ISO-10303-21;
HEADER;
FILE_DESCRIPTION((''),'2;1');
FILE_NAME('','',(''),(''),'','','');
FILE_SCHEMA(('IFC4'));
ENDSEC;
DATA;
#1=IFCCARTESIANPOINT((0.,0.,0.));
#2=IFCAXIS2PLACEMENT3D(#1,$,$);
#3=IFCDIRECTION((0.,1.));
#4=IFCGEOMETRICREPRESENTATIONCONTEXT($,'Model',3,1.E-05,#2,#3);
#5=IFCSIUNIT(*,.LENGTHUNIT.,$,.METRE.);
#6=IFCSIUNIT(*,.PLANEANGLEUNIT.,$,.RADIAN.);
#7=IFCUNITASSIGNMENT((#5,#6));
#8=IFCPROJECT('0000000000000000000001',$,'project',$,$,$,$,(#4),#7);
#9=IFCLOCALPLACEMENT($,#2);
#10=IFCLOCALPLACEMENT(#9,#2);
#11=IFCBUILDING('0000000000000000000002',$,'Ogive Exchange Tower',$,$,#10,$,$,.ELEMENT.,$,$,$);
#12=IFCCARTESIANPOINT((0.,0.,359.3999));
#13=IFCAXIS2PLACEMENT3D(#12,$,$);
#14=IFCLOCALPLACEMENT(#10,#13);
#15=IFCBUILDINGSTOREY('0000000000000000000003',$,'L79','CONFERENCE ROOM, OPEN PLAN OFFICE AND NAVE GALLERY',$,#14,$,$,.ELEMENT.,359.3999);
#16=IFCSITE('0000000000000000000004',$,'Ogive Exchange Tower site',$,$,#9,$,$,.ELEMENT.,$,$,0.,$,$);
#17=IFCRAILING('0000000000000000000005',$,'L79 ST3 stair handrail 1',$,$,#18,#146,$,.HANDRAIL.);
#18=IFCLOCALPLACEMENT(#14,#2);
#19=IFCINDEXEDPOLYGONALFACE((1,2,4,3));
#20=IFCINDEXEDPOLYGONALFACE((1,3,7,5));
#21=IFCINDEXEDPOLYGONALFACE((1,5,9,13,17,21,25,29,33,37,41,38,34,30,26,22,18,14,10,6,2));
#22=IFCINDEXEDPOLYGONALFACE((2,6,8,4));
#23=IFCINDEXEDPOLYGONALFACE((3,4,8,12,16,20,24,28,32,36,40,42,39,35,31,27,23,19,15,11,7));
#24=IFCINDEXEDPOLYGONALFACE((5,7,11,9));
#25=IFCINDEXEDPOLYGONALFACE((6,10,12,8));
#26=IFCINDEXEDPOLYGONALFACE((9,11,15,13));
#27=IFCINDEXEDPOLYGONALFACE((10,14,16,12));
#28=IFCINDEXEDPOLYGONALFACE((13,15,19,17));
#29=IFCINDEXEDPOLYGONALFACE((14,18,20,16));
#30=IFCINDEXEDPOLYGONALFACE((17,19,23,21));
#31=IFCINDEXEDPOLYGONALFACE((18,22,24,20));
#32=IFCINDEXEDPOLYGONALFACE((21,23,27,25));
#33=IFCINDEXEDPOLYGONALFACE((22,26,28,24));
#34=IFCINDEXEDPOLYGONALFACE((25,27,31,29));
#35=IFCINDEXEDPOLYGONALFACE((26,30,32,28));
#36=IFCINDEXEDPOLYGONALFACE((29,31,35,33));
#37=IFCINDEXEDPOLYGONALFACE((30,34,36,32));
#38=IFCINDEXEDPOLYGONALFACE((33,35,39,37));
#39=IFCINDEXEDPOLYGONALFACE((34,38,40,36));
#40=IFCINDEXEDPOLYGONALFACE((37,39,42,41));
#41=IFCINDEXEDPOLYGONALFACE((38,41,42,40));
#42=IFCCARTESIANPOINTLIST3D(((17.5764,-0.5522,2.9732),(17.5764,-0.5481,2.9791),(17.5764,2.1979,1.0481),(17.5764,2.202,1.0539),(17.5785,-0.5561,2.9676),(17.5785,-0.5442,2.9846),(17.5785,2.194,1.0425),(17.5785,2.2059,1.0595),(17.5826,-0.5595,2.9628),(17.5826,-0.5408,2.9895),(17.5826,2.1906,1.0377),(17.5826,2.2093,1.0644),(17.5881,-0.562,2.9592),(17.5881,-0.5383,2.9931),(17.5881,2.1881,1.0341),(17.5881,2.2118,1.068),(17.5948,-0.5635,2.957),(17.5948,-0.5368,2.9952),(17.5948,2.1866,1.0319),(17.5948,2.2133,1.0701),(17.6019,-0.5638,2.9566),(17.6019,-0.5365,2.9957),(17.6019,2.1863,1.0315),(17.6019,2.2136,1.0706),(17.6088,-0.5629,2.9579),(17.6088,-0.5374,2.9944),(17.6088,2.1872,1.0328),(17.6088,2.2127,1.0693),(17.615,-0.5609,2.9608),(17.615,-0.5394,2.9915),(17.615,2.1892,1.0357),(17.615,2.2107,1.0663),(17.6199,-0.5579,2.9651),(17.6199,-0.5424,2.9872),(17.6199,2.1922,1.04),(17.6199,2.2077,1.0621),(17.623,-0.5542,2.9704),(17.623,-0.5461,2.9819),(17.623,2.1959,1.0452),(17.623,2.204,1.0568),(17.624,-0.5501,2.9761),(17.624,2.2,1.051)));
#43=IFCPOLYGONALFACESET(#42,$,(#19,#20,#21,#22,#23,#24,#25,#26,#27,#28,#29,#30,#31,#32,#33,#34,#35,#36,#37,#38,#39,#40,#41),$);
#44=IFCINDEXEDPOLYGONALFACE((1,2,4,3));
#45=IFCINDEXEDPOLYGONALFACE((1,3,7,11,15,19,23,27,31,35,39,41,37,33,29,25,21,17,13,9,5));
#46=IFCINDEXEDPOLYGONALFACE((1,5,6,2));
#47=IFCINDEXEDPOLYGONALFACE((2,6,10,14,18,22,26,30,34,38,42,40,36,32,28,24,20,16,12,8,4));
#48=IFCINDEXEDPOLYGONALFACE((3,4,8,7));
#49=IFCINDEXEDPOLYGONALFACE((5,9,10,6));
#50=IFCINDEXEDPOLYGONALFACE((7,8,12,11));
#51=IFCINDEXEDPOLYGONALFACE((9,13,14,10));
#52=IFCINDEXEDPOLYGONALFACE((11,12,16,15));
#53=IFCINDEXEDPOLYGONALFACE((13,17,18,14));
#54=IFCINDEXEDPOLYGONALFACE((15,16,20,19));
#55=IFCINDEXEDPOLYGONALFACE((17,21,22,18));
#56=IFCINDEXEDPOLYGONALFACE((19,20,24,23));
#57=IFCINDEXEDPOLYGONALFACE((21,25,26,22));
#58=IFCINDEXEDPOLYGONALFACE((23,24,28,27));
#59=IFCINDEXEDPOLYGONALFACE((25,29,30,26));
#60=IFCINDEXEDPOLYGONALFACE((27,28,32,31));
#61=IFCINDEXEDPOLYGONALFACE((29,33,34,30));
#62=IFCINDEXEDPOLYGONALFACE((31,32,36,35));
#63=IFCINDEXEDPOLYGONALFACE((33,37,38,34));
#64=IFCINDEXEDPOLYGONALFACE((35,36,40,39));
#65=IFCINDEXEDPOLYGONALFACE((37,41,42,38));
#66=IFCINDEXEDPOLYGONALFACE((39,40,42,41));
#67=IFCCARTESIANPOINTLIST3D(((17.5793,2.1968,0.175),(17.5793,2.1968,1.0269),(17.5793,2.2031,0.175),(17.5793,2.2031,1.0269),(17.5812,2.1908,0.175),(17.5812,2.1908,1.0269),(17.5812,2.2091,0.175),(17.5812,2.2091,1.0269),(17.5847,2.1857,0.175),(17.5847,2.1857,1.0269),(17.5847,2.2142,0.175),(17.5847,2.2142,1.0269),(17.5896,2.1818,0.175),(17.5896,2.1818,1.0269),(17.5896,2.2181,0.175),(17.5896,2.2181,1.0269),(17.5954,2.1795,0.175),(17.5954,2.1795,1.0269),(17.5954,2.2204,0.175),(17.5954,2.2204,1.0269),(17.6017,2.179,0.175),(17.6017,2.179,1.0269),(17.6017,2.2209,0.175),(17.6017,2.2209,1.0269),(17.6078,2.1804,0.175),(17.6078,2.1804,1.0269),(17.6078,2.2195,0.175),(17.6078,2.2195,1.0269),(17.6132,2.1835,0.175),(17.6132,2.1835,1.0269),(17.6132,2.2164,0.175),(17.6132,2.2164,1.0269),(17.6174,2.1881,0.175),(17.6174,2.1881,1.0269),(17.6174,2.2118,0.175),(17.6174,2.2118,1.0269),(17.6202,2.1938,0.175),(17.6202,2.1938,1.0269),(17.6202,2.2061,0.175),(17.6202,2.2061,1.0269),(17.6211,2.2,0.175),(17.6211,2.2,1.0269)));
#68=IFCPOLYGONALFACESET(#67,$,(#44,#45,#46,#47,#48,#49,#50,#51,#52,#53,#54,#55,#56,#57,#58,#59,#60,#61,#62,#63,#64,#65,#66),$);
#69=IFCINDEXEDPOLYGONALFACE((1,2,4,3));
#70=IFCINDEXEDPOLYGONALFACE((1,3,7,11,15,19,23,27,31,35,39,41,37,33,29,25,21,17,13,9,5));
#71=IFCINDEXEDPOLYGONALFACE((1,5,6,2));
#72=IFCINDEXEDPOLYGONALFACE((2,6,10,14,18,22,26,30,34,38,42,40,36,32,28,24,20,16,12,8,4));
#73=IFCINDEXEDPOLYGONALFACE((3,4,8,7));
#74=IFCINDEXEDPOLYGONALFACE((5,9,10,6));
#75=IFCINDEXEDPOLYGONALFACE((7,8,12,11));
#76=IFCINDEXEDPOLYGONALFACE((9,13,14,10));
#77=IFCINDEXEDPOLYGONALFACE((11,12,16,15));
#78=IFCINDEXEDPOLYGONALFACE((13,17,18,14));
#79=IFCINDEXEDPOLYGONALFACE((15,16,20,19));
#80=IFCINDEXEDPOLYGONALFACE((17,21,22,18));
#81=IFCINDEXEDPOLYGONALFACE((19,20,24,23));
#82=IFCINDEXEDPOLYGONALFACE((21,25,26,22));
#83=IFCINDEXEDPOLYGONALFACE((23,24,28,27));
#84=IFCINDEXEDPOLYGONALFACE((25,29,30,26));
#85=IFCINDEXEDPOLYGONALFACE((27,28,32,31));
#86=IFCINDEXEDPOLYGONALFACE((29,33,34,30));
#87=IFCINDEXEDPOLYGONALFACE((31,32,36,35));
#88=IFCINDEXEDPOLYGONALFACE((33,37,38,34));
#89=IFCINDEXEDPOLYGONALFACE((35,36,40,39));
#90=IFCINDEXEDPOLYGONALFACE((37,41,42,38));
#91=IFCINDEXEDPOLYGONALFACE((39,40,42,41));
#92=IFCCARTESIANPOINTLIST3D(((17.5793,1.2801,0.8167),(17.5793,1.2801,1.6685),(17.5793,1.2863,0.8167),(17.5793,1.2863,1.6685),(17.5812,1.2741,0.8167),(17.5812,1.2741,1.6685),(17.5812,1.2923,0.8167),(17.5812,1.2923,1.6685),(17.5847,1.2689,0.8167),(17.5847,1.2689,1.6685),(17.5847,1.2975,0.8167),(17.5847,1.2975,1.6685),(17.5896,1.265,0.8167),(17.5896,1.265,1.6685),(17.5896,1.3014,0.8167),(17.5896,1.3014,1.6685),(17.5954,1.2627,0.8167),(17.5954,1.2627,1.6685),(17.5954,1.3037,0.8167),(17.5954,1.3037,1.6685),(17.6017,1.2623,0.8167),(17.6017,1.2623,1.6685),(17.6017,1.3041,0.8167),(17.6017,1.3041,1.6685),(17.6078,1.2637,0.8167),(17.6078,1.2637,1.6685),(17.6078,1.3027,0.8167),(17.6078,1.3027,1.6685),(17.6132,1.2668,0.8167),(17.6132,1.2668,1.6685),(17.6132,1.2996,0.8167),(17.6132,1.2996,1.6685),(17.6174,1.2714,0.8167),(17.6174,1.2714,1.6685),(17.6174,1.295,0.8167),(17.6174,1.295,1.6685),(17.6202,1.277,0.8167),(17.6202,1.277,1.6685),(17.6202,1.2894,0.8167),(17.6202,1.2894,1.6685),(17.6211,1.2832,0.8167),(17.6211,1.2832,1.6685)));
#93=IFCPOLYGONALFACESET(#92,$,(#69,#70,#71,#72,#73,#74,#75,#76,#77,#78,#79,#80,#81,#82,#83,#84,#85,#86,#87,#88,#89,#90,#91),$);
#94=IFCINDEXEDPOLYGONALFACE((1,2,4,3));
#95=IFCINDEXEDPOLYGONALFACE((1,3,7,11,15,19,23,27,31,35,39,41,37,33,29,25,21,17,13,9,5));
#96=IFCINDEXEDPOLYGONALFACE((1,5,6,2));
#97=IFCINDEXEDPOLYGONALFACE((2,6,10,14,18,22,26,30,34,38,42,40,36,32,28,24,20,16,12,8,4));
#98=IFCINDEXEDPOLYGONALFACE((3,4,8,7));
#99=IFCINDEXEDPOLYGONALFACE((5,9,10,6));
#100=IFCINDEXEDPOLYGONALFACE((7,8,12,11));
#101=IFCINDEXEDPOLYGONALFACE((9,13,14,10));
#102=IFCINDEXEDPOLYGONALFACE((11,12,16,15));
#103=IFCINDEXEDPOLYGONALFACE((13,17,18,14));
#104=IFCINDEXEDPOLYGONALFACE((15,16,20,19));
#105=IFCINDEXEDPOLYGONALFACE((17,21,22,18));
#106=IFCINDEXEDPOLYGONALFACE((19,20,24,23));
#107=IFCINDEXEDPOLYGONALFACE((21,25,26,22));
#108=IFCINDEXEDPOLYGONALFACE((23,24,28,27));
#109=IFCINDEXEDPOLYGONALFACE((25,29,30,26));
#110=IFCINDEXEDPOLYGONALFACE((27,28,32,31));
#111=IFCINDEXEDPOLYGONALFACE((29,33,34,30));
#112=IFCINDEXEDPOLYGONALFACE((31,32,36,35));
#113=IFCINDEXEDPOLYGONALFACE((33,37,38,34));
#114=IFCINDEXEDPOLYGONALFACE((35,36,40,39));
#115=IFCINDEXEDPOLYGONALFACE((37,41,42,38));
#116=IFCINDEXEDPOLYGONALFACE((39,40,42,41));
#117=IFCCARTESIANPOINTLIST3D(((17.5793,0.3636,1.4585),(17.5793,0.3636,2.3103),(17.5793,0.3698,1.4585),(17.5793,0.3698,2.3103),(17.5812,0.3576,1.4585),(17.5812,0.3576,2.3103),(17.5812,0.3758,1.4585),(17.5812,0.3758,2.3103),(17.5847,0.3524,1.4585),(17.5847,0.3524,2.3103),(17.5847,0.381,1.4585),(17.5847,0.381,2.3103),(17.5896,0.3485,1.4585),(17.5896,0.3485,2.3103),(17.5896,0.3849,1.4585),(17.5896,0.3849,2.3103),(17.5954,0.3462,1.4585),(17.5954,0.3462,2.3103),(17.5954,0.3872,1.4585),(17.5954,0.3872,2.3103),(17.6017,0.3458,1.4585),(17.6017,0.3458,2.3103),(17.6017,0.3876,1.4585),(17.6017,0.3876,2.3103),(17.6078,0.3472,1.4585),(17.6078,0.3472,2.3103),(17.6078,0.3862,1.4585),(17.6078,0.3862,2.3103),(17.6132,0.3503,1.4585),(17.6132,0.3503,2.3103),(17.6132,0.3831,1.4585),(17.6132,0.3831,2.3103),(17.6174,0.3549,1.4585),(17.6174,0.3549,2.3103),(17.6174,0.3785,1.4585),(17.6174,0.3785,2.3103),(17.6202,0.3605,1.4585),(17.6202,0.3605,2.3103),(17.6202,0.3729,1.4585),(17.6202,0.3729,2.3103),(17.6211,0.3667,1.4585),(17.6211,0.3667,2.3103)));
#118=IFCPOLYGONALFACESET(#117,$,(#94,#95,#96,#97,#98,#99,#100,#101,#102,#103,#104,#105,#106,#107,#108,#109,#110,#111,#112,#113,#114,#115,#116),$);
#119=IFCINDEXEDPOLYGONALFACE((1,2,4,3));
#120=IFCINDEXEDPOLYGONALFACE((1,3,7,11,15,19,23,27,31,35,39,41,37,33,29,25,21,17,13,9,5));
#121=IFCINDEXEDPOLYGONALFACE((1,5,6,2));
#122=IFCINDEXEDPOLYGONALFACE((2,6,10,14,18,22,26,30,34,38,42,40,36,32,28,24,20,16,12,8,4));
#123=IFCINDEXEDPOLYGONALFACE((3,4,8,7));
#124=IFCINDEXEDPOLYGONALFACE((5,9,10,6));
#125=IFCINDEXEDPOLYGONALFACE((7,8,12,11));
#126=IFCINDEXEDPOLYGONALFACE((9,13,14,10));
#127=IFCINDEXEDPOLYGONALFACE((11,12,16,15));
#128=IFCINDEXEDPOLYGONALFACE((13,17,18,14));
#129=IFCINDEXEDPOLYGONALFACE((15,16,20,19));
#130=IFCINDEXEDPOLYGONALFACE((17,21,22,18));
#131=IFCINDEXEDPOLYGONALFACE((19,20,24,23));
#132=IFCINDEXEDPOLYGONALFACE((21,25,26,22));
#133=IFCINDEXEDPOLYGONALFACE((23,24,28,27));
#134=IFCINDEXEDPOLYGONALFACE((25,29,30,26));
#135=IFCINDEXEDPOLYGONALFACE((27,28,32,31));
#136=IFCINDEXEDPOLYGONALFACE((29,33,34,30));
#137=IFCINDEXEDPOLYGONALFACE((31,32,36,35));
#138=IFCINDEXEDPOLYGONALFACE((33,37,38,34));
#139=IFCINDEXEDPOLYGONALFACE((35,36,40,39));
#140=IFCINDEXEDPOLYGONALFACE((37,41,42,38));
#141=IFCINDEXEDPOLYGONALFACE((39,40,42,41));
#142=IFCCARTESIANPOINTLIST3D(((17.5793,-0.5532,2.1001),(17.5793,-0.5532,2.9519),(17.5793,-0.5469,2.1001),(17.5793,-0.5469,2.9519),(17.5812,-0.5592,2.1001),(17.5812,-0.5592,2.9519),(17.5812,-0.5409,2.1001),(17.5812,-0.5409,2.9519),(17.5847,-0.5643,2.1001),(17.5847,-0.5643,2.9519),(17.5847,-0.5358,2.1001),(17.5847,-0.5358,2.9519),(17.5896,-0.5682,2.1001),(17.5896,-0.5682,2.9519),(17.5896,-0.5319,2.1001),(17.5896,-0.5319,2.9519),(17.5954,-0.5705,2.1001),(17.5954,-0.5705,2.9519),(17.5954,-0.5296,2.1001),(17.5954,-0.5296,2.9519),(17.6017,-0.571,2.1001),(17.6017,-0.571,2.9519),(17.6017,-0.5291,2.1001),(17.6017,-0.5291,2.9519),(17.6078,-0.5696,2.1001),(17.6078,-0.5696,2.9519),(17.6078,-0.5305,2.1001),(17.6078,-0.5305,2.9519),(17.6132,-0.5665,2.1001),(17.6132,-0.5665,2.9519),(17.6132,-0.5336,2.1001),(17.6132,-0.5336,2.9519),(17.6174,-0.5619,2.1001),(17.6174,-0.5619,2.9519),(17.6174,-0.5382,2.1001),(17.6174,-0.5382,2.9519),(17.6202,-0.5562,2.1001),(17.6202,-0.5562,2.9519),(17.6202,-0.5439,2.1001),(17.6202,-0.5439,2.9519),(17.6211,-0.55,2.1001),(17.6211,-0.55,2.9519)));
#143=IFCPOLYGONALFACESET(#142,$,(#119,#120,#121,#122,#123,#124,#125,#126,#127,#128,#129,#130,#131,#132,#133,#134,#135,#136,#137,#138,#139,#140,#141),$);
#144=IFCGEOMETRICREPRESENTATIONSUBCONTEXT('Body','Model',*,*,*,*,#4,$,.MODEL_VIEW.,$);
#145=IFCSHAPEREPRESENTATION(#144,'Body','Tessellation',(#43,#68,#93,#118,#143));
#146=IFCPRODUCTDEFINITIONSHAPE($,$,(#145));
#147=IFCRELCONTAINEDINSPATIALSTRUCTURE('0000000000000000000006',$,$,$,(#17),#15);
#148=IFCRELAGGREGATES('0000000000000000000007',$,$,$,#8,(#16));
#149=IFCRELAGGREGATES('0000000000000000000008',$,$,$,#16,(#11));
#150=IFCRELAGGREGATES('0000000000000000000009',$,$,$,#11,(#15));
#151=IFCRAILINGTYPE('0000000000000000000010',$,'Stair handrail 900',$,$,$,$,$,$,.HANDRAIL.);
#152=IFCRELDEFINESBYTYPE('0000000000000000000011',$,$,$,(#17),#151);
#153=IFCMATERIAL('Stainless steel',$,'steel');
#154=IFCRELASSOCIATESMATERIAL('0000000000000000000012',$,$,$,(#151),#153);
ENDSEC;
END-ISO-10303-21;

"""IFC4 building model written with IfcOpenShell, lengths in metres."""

from ifc_helpers import new_model, si_unit, direction, frame, origin, origin_2d, place, context, subcontext, project, spatial, circle, extrude, material, type_object, element, save


model = new_model("IFC4")

# Units and contexts
model_context = context("Model", 3, precision=1e-05, world=origin(), true_north=direction((0.0, 1.0)))
body_context = subcontext(model_context, "Body", "Model", "MODEL_VIEW")
ifc_project = project(units=[si_unit("LENGTHUNIT", "METRE"), si_unit("PLANEANGLEUNIT", "RADIAN")], contexts=[model_context])

# Site, building, storey
site_placement = place(None, origin())
site = spatial("IfcSite", under=ifc_project, at=site_placement, Name="Ogive Exchange Tower site", CompositionType="ELEMENT", RefElevation=0.0)
building_placement = place(site_placement, origin())
building = spatial("IfcBuilding", under=site, at=building_placement, Name="Ogive Exchange Tower", CompositionType="ELEMENT")
storey_placement = place(building_placement, frame((0.0, 0.0, 359.3999)))
storey = spatial("IfcBuildingStorey", under=building, at=storey_placement, Name="L79", Description="CONFERENCE ROOM, OPEN PLAN OFFICE AND NAVE GALLERY", CompositionType="ELEMENT", Elevation=359.3999)

# Shared definitions
ifc_material_1 = material(Name="Stainless steel", Category="steel")

# Railing
railing_type = type_object("IfcRailingType", Name="Stair handrail 900", PredefinedType="HANDRAIL", material=ifc_material_1)
railing_1_placement = place(storey_placement, frame((17.6001, 2.2, 0.175)))
element("IfcRailing", 1, at=railing_1_placement, inside=storey, type_object=railing_type, Name="L79 ST3 stair handrail 1", PredefinedType="HANDRAIL", context=body_context, shape_type="SweptSolid", body=[
    extrude(circle(Radius=0.0239, at=origin_2d()), frame((0.0, 0.0, 0.876), z_axis=(0.0, -0.819225, 0.573472), x_axis=(1.0, 0.0, 0.0)), (0.0, 0.0, 1.0), 3.3569),
    extrude(circle(Radius=0.021, at=origin_2d()), origin(), (0.0, 0.0, 1.0), 0.8518),
    extrude(circle(Radius=0.021, at=origin_2d()), frame((0.0, -0.9167, 0.6416)), (0.0, 0.0, 1.0), 0.8518),
    extrude(circle(Radius=0.021, at=origin_2d()), frame((0.0, -1.8333, 1.2834)), (0.0, 0.0, 1.0), 0.8518),
    extrude(circle(Radius=0.021, at=origin_2d()), frame((0.0, -2.75, 1.925)), (0.0, 0.0, 1.0), 0.8518),
])

save(model, "model.ifc")
